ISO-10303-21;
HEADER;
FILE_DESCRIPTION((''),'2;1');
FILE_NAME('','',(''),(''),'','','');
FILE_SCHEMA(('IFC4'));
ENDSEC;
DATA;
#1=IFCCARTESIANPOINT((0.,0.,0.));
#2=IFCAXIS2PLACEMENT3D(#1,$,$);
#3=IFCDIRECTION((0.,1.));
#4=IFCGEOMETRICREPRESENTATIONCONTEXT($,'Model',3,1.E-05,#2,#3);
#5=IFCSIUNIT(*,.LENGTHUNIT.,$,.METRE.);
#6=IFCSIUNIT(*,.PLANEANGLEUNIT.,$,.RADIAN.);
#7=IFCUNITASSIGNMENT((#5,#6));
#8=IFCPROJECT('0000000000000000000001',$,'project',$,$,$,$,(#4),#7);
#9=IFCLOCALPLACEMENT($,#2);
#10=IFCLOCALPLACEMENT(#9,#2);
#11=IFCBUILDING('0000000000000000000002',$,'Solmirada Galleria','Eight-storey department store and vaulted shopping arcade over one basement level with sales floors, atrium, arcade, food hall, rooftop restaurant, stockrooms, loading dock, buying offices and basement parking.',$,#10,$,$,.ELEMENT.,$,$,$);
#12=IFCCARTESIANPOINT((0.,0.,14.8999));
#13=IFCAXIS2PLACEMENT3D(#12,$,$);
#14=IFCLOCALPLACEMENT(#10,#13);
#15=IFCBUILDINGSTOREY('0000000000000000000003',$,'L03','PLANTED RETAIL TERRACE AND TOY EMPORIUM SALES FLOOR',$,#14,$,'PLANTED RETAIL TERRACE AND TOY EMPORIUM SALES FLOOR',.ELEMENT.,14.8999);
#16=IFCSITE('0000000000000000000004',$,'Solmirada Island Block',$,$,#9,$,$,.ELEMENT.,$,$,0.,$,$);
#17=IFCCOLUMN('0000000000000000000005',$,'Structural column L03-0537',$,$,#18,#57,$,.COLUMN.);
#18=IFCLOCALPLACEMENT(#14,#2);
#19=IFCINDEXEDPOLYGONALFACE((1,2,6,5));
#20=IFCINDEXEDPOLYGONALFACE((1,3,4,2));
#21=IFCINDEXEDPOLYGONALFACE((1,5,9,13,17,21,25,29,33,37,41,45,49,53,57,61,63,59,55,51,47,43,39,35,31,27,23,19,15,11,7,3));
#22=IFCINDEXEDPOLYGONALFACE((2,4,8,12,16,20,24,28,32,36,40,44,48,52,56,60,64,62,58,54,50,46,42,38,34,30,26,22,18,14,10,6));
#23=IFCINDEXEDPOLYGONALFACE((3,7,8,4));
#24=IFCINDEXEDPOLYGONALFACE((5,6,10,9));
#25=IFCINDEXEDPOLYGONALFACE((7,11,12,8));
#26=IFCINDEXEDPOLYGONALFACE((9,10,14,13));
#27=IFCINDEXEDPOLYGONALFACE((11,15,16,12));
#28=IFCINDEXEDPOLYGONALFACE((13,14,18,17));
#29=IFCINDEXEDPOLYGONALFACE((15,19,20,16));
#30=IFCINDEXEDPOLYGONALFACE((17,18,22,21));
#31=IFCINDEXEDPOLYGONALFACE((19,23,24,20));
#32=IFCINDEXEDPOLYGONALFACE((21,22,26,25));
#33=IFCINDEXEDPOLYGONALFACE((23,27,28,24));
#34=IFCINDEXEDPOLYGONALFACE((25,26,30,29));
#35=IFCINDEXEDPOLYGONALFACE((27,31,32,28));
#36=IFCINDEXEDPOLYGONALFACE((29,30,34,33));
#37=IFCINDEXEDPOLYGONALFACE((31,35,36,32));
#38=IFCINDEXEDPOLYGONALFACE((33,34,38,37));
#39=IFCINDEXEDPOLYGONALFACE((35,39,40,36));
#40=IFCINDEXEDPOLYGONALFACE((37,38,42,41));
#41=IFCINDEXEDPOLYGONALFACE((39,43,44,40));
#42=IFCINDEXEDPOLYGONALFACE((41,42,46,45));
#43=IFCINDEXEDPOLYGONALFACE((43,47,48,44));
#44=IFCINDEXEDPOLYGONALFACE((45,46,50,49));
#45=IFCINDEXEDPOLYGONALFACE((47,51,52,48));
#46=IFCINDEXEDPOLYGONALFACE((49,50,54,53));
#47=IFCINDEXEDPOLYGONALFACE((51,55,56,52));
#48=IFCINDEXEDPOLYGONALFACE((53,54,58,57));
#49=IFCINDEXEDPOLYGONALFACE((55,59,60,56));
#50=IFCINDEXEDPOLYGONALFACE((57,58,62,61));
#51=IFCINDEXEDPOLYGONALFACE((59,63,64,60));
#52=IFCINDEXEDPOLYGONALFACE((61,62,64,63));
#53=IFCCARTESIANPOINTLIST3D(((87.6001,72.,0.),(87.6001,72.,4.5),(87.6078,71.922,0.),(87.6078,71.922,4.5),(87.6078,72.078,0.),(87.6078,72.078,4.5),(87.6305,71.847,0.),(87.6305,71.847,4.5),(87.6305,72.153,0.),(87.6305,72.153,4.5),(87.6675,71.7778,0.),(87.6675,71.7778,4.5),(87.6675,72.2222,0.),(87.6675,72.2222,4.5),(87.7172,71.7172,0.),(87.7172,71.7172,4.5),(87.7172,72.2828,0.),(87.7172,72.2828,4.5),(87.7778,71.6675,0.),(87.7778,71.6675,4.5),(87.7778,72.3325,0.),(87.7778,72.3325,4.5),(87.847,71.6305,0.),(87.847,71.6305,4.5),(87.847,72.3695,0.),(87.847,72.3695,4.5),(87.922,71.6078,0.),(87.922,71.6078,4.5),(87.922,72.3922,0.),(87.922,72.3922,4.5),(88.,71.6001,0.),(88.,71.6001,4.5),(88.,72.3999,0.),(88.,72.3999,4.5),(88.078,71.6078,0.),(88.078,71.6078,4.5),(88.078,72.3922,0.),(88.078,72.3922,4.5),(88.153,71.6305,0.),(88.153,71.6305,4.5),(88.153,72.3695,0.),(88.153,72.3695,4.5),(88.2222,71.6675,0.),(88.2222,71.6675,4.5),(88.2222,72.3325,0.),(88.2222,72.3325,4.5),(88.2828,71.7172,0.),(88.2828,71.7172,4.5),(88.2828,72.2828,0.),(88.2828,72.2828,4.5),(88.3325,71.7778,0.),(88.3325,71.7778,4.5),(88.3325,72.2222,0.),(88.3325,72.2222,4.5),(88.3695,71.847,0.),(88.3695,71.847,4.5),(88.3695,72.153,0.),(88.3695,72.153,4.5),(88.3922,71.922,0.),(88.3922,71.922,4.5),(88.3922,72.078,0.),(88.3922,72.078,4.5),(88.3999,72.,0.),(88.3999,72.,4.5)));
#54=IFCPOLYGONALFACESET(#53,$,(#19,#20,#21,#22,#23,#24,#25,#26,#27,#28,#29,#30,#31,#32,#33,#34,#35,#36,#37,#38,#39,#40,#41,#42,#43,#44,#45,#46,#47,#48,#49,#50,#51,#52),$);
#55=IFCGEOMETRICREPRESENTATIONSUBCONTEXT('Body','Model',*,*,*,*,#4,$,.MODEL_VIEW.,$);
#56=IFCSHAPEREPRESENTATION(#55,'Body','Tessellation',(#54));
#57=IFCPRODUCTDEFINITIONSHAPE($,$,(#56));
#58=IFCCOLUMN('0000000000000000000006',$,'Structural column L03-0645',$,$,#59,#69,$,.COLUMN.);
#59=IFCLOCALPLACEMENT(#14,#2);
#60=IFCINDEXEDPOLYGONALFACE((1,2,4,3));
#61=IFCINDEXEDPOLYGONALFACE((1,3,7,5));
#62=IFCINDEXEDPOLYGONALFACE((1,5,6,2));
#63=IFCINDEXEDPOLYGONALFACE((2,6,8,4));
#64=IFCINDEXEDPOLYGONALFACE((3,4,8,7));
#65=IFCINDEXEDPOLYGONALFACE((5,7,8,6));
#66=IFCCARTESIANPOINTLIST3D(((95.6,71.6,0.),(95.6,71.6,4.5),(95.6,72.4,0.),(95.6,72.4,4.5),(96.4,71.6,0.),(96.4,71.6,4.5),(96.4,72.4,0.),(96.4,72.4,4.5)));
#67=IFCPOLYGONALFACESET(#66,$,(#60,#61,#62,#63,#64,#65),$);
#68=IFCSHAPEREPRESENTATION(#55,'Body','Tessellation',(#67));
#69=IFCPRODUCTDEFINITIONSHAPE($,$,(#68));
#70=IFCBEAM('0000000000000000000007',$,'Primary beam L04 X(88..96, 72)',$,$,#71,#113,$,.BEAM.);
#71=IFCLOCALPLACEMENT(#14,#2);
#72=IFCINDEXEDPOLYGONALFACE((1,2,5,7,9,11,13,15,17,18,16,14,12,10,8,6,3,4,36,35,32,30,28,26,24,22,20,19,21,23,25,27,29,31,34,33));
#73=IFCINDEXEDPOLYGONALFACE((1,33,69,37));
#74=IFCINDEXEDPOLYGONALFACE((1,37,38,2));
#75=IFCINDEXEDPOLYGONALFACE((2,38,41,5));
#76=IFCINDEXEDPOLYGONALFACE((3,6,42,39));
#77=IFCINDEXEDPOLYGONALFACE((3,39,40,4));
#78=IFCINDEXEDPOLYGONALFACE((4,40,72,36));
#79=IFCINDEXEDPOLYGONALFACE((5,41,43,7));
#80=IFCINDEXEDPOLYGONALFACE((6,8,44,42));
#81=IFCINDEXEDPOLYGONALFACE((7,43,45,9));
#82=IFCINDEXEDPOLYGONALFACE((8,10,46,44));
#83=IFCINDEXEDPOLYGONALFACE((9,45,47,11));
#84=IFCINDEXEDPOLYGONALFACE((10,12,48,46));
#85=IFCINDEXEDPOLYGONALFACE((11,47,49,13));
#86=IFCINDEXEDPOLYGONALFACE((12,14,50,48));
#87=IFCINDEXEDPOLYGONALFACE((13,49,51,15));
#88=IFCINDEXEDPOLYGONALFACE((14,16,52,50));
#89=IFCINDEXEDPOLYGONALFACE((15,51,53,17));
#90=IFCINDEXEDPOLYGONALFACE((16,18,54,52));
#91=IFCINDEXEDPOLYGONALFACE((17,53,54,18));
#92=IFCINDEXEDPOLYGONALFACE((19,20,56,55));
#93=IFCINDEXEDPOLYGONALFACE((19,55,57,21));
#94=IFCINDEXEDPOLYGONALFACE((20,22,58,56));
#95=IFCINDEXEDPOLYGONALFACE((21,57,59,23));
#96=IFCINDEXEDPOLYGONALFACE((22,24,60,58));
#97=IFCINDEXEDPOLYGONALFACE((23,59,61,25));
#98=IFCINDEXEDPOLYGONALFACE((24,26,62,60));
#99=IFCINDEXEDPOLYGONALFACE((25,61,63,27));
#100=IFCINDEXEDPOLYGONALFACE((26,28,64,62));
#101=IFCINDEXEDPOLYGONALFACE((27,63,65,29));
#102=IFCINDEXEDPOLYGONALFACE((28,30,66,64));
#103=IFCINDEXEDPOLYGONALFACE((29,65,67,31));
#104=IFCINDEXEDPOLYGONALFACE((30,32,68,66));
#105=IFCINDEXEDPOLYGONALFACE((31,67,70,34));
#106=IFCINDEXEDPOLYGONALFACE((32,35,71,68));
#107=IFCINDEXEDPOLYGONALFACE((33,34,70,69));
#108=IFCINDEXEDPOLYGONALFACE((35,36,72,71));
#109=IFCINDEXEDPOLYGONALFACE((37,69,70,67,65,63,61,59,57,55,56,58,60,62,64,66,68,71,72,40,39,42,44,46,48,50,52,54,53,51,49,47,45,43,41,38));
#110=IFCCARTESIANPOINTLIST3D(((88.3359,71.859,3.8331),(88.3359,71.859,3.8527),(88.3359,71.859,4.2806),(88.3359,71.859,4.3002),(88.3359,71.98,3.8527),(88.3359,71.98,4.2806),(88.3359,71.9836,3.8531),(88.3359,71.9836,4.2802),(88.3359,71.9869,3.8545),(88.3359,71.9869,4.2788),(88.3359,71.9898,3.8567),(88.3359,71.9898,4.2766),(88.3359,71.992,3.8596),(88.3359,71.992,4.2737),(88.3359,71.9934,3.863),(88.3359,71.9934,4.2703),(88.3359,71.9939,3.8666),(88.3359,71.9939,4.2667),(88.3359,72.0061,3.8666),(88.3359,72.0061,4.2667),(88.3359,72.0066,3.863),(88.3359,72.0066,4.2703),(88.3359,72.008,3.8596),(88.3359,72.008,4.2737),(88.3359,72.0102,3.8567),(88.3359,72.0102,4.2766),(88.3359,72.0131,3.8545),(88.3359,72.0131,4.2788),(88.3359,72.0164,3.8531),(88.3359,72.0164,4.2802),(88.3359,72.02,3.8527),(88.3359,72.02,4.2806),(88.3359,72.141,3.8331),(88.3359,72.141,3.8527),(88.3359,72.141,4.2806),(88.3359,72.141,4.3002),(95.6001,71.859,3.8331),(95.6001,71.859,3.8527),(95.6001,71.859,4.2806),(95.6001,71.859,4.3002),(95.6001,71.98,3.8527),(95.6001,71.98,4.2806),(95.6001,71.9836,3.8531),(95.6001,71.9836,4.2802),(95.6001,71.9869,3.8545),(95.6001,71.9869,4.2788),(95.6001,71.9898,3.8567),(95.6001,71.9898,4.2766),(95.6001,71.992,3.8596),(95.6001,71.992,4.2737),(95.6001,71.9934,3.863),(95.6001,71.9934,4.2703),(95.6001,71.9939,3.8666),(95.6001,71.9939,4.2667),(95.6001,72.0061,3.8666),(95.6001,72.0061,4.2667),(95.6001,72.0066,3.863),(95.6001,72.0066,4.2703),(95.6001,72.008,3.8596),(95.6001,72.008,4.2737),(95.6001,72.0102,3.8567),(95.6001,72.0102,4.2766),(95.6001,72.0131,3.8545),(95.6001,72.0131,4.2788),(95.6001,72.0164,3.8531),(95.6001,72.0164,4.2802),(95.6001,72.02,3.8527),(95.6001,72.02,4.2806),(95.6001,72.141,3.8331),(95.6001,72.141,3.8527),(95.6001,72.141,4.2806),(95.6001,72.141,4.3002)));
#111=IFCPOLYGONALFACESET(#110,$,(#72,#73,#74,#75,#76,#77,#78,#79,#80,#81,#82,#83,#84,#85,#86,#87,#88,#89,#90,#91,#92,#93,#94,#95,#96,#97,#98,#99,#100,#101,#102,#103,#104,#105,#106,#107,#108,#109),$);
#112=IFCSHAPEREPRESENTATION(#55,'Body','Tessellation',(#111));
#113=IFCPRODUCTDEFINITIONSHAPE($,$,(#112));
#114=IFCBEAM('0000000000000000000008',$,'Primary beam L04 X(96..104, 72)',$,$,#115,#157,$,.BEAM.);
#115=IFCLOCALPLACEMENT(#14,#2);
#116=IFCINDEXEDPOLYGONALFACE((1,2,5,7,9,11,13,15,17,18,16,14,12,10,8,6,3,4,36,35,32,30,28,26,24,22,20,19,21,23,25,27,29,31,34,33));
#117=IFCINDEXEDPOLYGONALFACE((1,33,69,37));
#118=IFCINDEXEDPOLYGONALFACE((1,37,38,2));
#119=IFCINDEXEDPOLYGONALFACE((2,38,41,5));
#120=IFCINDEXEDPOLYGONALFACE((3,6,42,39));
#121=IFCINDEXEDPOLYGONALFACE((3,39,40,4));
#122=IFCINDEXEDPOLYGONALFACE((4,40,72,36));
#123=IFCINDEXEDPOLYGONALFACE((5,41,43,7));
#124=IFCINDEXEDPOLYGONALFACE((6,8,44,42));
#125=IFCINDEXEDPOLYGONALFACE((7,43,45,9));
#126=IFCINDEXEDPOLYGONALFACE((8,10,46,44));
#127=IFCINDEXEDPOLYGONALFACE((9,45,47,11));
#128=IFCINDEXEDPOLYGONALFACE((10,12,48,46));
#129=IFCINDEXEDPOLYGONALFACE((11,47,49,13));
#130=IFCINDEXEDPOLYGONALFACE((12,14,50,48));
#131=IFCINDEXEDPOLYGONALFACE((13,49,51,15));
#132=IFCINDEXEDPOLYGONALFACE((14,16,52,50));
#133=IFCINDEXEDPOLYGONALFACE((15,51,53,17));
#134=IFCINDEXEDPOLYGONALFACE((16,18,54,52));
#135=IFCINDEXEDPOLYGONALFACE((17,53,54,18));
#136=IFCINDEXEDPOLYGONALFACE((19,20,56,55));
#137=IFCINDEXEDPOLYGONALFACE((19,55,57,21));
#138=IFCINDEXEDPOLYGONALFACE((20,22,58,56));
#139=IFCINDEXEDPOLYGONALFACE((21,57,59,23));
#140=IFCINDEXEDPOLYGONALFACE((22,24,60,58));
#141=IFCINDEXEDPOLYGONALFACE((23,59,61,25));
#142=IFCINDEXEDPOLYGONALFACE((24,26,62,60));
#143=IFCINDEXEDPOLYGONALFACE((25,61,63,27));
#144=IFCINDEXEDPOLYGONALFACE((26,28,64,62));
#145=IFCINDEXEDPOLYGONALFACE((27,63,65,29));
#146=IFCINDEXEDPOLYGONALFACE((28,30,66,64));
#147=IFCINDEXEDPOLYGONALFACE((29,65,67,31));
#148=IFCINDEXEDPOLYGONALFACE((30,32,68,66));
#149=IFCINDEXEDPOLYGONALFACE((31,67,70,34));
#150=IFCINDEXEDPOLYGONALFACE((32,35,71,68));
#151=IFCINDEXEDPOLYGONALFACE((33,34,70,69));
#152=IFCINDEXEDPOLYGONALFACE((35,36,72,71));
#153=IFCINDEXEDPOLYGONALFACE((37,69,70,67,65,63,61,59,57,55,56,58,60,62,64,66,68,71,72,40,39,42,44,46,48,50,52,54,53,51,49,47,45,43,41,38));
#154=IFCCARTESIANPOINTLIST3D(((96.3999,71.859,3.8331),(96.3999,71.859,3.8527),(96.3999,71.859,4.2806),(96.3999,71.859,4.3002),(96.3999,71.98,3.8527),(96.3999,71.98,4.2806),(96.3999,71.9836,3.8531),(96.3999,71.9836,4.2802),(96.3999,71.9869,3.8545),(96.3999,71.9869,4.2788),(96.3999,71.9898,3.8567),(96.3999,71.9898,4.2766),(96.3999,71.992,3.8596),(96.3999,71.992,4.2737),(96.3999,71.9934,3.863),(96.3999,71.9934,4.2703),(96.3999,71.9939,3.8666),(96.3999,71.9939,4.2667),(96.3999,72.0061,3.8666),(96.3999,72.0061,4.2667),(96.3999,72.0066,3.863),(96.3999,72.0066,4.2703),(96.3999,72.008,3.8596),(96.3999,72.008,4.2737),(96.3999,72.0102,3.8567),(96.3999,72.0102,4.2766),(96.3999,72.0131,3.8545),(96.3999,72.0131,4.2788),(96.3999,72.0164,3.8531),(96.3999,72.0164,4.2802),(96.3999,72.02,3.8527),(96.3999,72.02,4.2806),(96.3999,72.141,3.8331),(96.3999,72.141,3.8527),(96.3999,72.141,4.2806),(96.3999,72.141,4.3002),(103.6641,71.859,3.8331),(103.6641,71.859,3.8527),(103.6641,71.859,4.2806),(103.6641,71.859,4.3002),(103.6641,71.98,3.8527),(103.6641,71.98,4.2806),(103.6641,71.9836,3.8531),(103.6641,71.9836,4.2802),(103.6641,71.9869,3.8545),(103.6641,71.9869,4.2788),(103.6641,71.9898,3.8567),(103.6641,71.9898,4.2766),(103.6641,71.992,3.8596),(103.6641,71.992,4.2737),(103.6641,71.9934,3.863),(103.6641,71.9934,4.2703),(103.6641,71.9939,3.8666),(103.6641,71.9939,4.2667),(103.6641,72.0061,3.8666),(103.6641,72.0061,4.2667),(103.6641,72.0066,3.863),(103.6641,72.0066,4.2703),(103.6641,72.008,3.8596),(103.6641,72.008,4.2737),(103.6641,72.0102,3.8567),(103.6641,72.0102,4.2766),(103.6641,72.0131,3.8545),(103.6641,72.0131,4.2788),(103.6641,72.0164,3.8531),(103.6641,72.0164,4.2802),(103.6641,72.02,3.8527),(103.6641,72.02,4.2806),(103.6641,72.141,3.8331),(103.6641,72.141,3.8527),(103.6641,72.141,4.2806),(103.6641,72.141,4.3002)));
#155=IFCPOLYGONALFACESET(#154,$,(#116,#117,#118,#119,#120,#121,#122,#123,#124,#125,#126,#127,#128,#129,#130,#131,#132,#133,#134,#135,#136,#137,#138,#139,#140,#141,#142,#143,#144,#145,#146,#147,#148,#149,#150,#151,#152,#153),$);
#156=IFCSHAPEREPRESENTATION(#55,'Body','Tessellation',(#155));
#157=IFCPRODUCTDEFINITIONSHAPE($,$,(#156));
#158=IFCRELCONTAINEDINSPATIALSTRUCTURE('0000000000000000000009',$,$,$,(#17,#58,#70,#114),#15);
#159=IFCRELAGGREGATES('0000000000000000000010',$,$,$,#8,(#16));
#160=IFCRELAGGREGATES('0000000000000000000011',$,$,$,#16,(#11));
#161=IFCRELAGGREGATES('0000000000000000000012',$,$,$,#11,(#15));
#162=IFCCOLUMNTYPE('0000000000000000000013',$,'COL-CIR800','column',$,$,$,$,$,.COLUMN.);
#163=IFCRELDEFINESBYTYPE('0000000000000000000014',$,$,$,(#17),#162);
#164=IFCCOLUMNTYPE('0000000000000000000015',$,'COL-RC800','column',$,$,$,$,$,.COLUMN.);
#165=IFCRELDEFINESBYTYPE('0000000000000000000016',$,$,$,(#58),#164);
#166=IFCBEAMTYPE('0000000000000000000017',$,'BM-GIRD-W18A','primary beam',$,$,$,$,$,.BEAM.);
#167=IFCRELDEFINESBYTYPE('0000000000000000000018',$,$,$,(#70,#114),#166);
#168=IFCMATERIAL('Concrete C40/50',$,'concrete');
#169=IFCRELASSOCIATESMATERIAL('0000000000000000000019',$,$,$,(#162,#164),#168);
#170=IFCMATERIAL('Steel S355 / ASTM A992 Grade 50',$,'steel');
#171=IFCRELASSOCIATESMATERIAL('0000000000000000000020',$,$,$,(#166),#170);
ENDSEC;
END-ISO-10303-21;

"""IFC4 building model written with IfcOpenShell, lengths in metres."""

from ifc_helpers import new_model, si_unit, direction, frame, origin, origin_2d, place, context, subcontext, project, spatial, rectangle, circle, i_section, extrude, material, material_profile, profile_set, type_object, element, save


model = new_model("IFC4")

# Units and contexts
model_context = context("Model", 3, precision=1e-05, world=origin(), true_north=direction((0.0, 1.0)))
body_context = subcontext(model_context, "Body", "Model", "MODEL_VIEW")
ifc_project = project(units=[si_unit("LENGTHUNIT", "METRE"), si_unit("PLANEANGLEUNIT", "RADIAN")], contexts=[model_context])

# Site, building, storey
site_placement = place(None, origin())
site = spatial("IfcSite", under=ifc_project, at=site_placement, Name="Solmirada Island Block", CompositionType="ELEMENT", RefElevation=0.0)
building_placement = place(site_placement, origin())
building = spatial("IfcBuilding", under=site, at=building_placement, Name="Solmirada Galleria", Description="Eight-storey department store and vaulted shopping arcade over one basement level with sales floors, atrium, arcade, food hall, rooftop restaurant, stockrooms, loading dock, buying offices and basement parking.", CompositionType="ELEMENT")
storey_placement = place(building_placement, frame((0.0, 0.0, 14.8999)))
storey = spatial("IfcBuildingStorey", under=building, at=storey_placement, Name="L03", Description="PLANTED RETAIL TERRACE AND TOY EMPORIUM SALES FLOOR", LongName="PLANTED RETAIL TERRACE AND TOY EMPORIUM SALES FLOOR", CompositionType="ELEMENT", Elevation=14.8999)

# Columns
ifc_material_1 = material(Name="Concrete C40/50", Category="concrete")
ifc_material_profile_1 = material_profile(ifc_material_1, circle(Radius=0.3999, at=origin_2d()), Name="RCCOL800")
ifc_profile_set_1 = profile_set([ifc_material_profile_1], Name="Concrete C40/50")
column_type_1 = type_object("IfcColumnType", Name="COL-CIR800", Description="column", PredefinedType="COLUMN", material=ifc_profile_set_1)
column_1_placement = place(storey_placement, frame((88.0, 72.0, 0.0), z_axis=(0.0, 0.0, 1.0), x_axis=(1.0, 0.0, 0.0)))
element("IfcColumn", 1, at=column_1_placement, inside=storey, type_object=column_type_1, Name="Structural column L03-0537", PredefinedType="COLUMN", context=body_context, shape_type="SweptSolid", body=[
    extrude(circle(Radius=0.3999, at=origin_2d()), origin(), (0.0, 0.0, 1.0), 4.5),
])
ifc_material_profile_2 = material_profile(ifc_material_1, rectangle(XDim=0.8, YDim=0.8, at=origin_2d()), Name="RC800X800")
ifc_profile_set_2 = profile_set([ifc_material_profile_2], Name="Concrete C40/50")
column_type_2 = type_object("IfcColumnType", Name="COL-RC800", Description="column", PredefinedType="COLUMN", material=ifc_profile_set_2)
column_2_placement = place(storey_placement, frame((96.0, 72.0, 0.0), z_axis=(0.0, 0.0, 1.0), x_axis=(1.0, 0.0, 0.0)))
element("IfcColumn", 2, at=column_2_placement, inside=storey, type_object=column_type_2, Name="Structural column L03-0645", PredefinedType="COLUMN", context=body_context, shape_type="SweptSolid", body=[
    extrude(rectangle(XDim=0.8, YDim=0.8, at=origin_2d()), origin(), (0.0, 0.0, 1.0), 4.5),
])

# Beams
ifc_material_2 = material(Name="Steel S355 / ASTM A992 Grade 50", Category="steel")
ifc_material_profile_3 = material_profile(ifc_material_2, i_section(OverallWidth=0.282, OverallDepth=0.467, WebThickness=0.0122, FlangeThickness=0.0195, FilletRadius=0.0139, at=origin_2d()), Name="W18X86")
ifc_profile_set_3 = profile_set([ifc_material_profile_3], Name="Steel S355 / ASTM A992 Grade 50")
beam_type = type_object("IfcBeamType", Name="BM-GIRD-W18A", Description="primary beam", PredefinedType="BEAM", material=ifc_profile_set_3)
for number, where, z_axis, x_axis, name in (
    (3, (88.3359, 72.0, 4.0667), (1.0, 0.0, 0.0), (0.0, 1.0, 0.0), "Primary beam L04 X(88..96, 72)"),
    (4, (96.3999, 72.0, 4.0667), (1.0, 0.0, 0.0), (0.0, 1.0, 0.0), "Primary beam L04 X(96..104, 72)"),
):
    element("IfcBeam", number, at=place(storey_placement, frame(where, z_axis=z_axis, x_axis=x_axis)), inside=storey, type_object=beam_type, Name=name, PredefinedType="BEAM", context=body_context, shape_type="SweptSolid", body=[
        extrude(i_section(OverallWidth=0.282, OverallDepth=0.467, WebThickness=0.0122, FlangeThickness=0.0195, FilletRadius=0.0139, at=origin_2d()), origin(), (0.0, 0.0, 1.0), 7.2642),
    ])

save(model, "model.ifc")
